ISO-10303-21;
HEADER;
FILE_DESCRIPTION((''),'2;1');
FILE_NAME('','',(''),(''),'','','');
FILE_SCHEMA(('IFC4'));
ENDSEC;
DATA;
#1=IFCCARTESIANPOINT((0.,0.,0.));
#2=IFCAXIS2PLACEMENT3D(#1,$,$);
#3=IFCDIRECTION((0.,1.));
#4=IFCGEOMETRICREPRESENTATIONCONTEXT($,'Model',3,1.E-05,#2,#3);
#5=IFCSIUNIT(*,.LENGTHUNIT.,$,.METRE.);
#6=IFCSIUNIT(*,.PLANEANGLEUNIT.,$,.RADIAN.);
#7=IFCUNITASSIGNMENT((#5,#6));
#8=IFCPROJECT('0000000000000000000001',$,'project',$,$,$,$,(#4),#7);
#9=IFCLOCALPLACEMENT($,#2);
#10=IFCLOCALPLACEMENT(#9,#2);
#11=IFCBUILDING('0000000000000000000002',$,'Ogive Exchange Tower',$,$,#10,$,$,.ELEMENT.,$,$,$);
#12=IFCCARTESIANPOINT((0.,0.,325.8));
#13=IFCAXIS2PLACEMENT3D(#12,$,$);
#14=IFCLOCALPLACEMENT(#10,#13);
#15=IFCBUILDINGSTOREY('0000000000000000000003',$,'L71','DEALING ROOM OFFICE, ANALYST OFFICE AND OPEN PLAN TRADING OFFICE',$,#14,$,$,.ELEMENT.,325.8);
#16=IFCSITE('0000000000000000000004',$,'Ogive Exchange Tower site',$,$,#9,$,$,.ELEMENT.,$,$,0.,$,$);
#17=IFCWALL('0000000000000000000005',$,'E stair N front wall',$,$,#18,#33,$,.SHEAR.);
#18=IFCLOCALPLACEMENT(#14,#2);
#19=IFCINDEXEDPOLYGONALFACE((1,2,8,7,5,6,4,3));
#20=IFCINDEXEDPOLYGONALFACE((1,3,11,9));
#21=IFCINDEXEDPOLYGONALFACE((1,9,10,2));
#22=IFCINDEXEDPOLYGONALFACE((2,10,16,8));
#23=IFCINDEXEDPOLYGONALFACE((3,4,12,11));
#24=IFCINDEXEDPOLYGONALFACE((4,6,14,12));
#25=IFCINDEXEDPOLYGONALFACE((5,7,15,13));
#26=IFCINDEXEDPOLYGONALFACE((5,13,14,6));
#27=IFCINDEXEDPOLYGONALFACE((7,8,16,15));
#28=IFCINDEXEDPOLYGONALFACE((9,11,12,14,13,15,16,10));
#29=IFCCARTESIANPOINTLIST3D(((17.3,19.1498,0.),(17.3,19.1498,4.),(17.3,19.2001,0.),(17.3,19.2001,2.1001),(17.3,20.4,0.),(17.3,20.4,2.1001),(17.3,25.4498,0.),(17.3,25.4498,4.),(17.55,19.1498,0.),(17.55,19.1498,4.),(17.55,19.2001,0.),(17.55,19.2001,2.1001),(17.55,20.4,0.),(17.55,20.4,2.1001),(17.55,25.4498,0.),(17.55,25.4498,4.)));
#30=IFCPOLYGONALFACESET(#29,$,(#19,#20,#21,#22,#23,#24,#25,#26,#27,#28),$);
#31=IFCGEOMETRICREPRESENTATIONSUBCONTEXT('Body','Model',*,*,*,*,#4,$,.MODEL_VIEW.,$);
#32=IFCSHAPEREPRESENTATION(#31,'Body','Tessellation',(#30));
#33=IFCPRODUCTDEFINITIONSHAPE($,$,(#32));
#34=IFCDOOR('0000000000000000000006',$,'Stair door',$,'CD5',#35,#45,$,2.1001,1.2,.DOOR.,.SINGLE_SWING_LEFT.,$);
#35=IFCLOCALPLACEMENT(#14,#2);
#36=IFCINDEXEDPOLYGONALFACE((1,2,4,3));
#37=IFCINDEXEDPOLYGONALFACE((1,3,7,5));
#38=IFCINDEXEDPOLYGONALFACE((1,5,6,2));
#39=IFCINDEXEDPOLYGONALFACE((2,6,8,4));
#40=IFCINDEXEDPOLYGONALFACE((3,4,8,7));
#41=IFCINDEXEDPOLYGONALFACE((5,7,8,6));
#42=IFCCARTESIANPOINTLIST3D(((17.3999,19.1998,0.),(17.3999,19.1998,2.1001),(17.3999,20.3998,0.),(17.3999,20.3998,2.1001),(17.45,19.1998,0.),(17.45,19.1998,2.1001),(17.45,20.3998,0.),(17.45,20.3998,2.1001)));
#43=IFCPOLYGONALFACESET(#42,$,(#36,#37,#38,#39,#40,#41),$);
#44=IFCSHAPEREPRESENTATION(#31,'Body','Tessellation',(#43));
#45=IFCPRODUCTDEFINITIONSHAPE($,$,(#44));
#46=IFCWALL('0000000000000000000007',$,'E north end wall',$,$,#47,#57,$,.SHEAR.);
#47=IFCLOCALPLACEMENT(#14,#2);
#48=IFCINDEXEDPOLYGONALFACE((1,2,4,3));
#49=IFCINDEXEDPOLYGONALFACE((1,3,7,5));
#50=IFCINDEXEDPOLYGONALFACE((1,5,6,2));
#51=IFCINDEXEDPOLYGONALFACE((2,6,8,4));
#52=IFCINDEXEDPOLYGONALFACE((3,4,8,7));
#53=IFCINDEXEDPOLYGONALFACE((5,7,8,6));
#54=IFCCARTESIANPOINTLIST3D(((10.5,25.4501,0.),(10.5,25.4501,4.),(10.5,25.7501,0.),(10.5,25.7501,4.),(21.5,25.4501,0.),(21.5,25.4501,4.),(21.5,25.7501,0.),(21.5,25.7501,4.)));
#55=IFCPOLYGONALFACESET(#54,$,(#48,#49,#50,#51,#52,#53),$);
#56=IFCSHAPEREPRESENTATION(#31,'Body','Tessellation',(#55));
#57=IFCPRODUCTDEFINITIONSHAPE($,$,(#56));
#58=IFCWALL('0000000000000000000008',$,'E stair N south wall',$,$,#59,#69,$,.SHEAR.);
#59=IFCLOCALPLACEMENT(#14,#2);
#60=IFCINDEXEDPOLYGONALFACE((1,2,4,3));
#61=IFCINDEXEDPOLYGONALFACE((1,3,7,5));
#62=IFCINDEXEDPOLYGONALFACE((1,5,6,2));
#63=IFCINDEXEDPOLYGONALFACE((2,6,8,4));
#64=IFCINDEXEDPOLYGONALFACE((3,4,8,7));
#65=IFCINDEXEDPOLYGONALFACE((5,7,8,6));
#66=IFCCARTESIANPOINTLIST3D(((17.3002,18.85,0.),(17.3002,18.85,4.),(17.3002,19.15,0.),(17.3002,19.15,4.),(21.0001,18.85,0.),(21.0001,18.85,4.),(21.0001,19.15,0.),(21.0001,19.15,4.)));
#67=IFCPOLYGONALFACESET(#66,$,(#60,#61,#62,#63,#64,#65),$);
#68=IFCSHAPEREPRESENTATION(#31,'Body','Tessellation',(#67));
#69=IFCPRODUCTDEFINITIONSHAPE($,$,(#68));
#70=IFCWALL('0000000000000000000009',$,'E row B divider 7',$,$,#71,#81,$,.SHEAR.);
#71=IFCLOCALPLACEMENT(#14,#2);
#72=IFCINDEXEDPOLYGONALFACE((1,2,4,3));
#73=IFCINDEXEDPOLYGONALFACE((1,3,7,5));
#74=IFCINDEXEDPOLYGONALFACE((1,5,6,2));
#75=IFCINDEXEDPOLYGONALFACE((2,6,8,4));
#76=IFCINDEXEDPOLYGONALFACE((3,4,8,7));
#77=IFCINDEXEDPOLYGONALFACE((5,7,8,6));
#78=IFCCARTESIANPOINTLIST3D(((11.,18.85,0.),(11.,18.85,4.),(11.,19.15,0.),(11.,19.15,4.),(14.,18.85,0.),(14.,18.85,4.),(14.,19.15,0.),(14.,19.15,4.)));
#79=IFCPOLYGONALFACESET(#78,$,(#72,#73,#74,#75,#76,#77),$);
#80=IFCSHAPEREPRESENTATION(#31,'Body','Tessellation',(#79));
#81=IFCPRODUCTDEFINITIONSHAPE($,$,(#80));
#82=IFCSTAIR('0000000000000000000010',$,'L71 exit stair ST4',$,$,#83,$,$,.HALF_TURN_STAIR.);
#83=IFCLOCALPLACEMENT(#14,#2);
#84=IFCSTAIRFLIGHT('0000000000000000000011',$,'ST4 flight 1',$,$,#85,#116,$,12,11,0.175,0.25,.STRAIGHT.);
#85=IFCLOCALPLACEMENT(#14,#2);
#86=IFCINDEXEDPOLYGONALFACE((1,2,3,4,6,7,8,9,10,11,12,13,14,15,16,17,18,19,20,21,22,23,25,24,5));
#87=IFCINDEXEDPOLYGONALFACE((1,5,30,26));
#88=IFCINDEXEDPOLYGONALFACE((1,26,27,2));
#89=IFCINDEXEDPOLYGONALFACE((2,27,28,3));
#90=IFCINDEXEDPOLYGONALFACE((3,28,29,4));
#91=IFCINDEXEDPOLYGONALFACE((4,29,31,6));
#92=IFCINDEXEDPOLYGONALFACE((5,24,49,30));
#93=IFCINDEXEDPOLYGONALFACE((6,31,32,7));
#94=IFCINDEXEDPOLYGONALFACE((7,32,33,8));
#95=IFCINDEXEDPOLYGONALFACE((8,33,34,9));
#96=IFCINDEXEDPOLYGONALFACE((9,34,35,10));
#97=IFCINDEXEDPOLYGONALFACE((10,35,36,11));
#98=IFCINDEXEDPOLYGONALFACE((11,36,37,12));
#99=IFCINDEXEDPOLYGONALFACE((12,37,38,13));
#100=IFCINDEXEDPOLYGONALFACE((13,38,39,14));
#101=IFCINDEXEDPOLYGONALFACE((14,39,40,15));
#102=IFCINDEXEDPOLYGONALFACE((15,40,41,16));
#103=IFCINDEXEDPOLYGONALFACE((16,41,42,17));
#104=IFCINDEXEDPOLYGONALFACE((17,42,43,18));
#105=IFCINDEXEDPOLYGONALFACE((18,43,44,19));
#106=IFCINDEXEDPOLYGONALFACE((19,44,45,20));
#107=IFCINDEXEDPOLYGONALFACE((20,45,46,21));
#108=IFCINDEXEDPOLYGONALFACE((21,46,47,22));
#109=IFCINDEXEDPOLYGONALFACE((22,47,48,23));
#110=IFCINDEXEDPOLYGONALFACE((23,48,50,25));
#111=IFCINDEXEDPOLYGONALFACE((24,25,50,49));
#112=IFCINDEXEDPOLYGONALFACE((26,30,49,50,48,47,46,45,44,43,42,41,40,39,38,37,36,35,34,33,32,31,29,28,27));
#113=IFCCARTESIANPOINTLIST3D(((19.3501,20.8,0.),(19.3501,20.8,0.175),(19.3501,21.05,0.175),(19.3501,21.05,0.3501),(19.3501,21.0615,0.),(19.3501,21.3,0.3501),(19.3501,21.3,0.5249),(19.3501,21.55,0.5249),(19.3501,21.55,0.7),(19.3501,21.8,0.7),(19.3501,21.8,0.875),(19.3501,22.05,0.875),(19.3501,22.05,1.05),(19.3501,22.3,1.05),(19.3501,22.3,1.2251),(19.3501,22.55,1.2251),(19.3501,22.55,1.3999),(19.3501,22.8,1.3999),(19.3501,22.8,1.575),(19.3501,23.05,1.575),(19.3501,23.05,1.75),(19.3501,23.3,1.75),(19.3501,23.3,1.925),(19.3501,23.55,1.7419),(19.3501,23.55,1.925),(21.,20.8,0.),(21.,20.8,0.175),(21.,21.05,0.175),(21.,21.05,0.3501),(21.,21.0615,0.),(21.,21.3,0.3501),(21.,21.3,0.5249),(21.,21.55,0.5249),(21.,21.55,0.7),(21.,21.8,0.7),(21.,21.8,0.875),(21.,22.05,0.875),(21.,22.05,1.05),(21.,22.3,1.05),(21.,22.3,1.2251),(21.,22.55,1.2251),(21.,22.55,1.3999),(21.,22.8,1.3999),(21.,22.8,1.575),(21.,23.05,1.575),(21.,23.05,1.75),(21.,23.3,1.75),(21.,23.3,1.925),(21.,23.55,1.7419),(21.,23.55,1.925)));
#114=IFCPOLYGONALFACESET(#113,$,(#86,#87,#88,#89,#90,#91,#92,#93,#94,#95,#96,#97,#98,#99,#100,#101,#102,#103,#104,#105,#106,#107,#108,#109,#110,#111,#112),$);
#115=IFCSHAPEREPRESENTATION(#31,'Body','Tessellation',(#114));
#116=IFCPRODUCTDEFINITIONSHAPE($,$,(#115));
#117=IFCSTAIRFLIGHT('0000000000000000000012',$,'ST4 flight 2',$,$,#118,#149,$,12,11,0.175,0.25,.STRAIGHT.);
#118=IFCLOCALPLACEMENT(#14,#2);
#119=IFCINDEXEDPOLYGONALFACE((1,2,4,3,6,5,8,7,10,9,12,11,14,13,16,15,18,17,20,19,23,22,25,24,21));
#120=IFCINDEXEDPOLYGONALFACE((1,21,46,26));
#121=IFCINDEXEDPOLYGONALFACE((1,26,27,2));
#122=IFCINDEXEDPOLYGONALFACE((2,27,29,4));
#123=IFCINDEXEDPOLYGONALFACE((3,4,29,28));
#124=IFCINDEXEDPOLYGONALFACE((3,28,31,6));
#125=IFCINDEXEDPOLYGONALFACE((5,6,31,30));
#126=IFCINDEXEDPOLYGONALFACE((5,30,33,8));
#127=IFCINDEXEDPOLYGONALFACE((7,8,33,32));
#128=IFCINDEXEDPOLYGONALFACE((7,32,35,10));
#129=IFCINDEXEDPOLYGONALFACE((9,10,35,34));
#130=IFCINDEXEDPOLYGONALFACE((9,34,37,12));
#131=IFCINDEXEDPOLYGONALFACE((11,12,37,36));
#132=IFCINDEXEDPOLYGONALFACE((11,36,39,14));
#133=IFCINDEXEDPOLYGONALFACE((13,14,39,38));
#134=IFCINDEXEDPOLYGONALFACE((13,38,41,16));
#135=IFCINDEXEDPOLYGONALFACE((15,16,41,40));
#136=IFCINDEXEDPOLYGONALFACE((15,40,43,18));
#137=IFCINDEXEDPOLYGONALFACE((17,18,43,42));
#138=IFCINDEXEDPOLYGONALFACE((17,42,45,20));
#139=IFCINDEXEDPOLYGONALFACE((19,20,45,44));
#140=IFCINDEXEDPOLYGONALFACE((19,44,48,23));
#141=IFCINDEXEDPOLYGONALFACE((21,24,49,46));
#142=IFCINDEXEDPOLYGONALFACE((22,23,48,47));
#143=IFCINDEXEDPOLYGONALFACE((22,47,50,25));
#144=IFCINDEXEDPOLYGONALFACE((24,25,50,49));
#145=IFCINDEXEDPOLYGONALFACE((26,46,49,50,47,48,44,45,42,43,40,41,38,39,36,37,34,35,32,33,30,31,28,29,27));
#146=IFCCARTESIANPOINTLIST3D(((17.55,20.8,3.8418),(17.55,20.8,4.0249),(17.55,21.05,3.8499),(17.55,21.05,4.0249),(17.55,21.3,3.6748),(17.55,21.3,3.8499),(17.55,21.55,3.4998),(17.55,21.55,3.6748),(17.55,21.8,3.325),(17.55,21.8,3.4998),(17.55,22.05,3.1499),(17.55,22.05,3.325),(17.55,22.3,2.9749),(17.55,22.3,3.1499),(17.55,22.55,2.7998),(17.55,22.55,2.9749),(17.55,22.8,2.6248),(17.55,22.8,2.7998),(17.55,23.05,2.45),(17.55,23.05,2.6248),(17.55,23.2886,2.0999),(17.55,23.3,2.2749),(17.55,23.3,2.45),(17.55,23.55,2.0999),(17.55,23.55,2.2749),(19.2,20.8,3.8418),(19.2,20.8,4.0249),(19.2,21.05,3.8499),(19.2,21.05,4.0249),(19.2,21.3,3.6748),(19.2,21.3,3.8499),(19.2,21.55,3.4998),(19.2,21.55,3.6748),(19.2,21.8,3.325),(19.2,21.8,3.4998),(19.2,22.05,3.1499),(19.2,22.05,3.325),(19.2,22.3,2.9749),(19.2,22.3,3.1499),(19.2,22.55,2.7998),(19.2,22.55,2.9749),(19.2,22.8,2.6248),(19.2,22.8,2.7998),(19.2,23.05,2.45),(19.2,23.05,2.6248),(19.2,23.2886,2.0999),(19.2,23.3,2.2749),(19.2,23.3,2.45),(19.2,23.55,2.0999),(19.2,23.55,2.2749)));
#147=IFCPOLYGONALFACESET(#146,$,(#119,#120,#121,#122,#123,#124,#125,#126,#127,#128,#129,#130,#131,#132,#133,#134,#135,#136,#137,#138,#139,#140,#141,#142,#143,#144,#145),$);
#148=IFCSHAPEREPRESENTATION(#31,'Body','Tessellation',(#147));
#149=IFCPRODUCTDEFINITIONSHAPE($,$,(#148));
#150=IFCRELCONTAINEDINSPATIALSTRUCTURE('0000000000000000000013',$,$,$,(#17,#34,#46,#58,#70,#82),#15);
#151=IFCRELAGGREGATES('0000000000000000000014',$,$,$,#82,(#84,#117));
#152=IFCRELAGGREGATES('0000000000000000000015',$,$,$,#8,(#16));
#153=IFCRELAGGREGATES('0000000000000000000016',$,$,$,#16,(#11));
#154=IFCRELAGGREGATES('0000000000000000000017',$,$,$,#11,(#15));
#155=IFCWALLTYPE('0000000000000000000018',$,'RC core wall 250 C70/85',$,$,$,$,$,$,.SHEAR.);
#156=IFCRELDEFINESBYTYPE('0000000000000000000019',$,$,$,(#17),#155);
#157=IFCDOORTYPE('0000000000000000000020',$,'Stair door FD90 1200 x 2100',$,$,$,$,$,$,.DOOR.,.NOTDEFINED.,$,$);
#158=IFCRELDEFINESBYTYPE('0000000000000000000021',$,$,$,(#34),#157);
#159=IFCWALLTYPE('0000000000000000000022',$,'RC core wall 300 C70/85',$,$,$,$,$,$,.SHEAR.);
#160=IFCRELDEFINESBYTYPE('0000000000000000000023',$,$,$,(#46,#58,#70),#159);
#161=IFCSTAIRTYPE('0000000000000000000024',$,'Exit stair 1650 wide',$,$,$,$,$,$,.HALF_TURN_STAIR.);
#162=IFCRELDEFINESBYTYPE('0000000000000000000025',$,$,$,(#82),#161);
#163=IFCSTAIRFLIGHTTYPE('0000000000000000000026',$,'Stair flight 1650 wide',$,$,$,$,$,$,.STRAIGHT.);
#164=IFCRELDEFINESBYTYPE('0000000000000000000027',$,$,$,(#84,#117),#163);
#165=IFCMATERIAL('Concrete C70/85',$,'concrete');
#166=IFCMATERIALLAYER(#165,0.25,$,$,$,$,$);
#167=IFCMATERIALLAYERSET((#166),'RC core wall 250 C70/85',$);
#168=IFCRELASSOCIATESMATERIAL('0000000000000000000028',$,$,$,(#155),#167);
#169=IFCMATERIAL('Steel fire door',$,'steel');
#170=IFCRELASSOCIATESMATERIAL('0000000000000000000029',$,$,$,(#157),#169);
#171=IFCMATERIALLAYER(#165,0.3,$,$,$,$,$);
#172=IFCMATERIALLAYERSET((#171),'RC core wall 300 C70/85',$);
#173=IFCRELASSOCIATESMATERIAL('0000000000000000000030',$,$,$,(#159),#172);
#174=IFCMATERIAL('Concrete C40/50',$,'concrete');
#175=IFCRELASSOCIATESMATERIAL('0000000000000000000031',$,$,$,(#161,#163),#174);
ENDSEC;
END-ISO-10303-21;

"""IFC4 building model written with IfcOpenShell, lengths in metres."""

from ifc_helpers import new_model, si_unit, direction, frame, frame_2d, origin, place, context, subcontext, project, spatial, polyline, rectangle, outline, extrude, material, layer, layer_set, type_object, element, fill, aggregate, save


model = new_model("IFC4")

# Units and contexts
model_context = context("Model", 3, precision=1e-05, world=origin(), true_north=direction((0.0, 1.0)))
body_context = subcontext(model_context, "Body", "Model", "MODEL_VIEW")
ifc_project = project(units=[si_unit("LENGTHUNIT", "METRE"), si_unit("PLANEANGLEUNIT", "RADIAN")], contexts=[model_context])

# Site, building, storey
site_placement = place(None, origin())
site = spatial("IfcSite", under=ifc_project, at=site_placement, Name="Ogive Exchange Tower site", CompositionType="ELEMENT", RefElevation=0.0)
building_placement = place(site_placement, origin())
building = spatial("IfcBuilding", under=site, at=building_placement, Name="Ogive Exchange Tower", CompositionType="ELEMENT")
storey_placement = place(building_placement, frame((0.0, 0.0, 325.8)))
storey = spatial("IfcBuildingStorey", under=building, at=storey_placement, Name="L71", Description="DEALING ROOM OFFICE, ANALYST OFFICE AND OPEN PLAN TRADING OFFICE", CompositionType="ELEMENT", Elevation=325.8)

# Shared definitions
ifc_material_1 = material(Name="Concrete C70/85", Category="concrete")

# Shared definitions
ifc_material_2 = material(Name="Steel fire door", Category="steel")

# Wall, opening, door
ifc_layer_1 = layer(ifc_material_1, 0.25)
ifc_layer_set_1 = layer_set([ifc_layer_1], Name="RC core wall 250 C70/85")
wall_type_1 = type_object("IfcWallType", Name="RC core wall 250 C70/85", PredefinedType="SHEAR", material=ifc_layer_set_1)
wall_1_placement = place(storey_placement, frame((17.425, 19.1499, 0.0), z_axis=(0.0, 0.0, 1.0), x_axis=(0.0, 1.0, 0.0)))
wall_1 = element("IfcWall", 1, at=wall_1_placement, inside=storey, type_object=wall_type_1, Name="E stair N front wall", PredefinedType="SHEAR", context=body_context, shape_type="SweptSolid", body=[
    extrude(rectangle(XDim=6.3, YDim=0.25, at=frame_2d((3.1499, 0.0))), origin(), (0.0, 0.0, 1.0), 4.0),
])
opening_1_placement = place(wall_1_placement, frame((0.05, 0.0, 0.0)))
opening_1 = element("IfcOpeningElement", 2, at=opening_1_placement, cuts=wall_1, PredefinedType="OPENING", context=body_context, shape_type="SweptSolid", body=[
    extrude(rectangle(XDim=1.2, YDim=2.1001, at=frame_2d((0.6001, 1.05))), frame((0.0, 0.135, 0.0), z_axis=(0.0, -1.0, 0.0), x_axis=(1.0, 0.0, 0.0)), (0.0, 0.0, 1.0), 0.27),
])
door_type_1 = type_object("IfcDoorType", Name="Stair door FD90 1200 x 2100", OperationType="NOTDEFINED", PredefinedType="DOOR", material=ifc_material_2)
door_1_placement = place(opening_1_placement, frame((1.2, 0.0, 0.0), z_axis=(0.0, 0.0, 1.0), x_axis=(-1.0, 0.0, 0.0)))
door_1 = element("IfcDoor", 3, at=door_1_placement, inside=storey, type_object=door_type_1, Name="Stair door", ObjectType="CD5", OperationType="SINGLE_SWING_LEFT", OverallHeight=2.1001, OverallWidth=1.2, PredefinedType="DOOR", context=body_context, shape_type="SweptSolid", body=[
    extrude(rectangle(XDim=1.2, YDim=2.1001, at=frame_2d((0.6001, 1.05))), frame((0.0, 0.0249, 0.0), z_axis=(0.0, -1.0, 0.0), x_axis=(1.0, 0.0, 0.0)), (0.0, 0.0, 1.0), 0.05),
])
fill(opening_1, door_1)

# Walls
ifc_layer_2 = layer(ifc_material_1, 0.3)
ifc_layer_set_2 = layer_set([ifc_layer_2], Name="RC core wall 300 C70/85")
wall_type_2 = type_object("IfcWallType", Name="RC core wall 300 C70/85", PredefinedType="SHEAR", material=ifc_layer_set_2)
wall_2_placement = place(storey_placement, frame((10.5, 25.6001, 0.0), z_axis=(0.0, 0.0, 1.0), x_axis=(1.0, 0.0, 0.0)))
element("IfcWall", 4, at=wall_2_placement, inside=storey, type_object=wall_type_2, Name="E north end wall", PredefinedType="SHEAR", context=body_context, shape_type="SweptSolid", body=[
    extrude(rectangle(XDim=11.0, YDim=0.3, at=frame_2d((5.5, 0.0))), origin(), (0.0, 0.0, 1.0), 4.0),
])
wall_3_placement = place(storey_placement, frame((17.3, 19.0, 0.0), z_axis=(0.0, 0.0, 1.0), x_axis=(1.0, 0.0, 0.0)))
element("IfcWall", 5, at=wall_3_placement, inside=storey, type_object=wall_type_2, Name="E stair N south wall", PredefinedType="SHEAR", context=body_context, shape_type="SweptSolid", body=[
    extrude(rectangle(XDim=3.7, YDim=0.3, at=frame_2d((1.8501, 0.0))), origin(), (0.0, 0.0, 1.0), 4.0),
])
wall_4_placement = place(storey_placement, frame((11.0, 19.0, 0.0), z_axis=(0.0, 0.0, 1.0), x_axis=(1.0, 0.0, 0.0)))
element("IfcWall", 6, at=wall_4_placement, inside=storey, type_object=wall_type_2, Name="E row B divider 7", PredefinedType="SHEAR", context=body_context, shape_type="SweptSolid", body=[
    extrude(rectangle(XDim=3.0, YDim=0.3, at=frame_2d((1.5, 0.0))), origin(), (0.0, 0.0, 1.0), 4.0),
])

# Stair, stair flights
ifc_material_3 = material(Name="Concrete C40/50", Category="concrete")
stair_type = type_object("IfcStairType", Name="Exit stair 1650 wide", PredefinedType="HALF_TURN_STAIR", material=ifc_material_3)
stair_placement = place(storey_placement, origin())
stair = element("IfcStair", 7, at=stair_placement, inside=storey, type_object=stair_type, Name="L71 exit stair ST4", PredefinedType="HALF_TURN_STAIR")
stair_flight_type = type_object("IfcStairFlightType", Name="Stair flight 1650 wide", PredefinedType="STRAIGHT", material=ifc_material_3)
stair_flight_1_placement = place(storey_placement, frame((20.175, 20.8, 0.0), z_axis=(0.0, 0.0, 1.0), x_axis=(0.0, 1.0, 0.0)))
stair_flight_1 = element("IfcStairFlight", 8, at=stair_flight_1_placement, type_object=stair_flight_type, Name="ST4 flight 1", NumberOfRisers=12, NumberOfTreads=11, PredefinedType="STRAIGHT", RiserHeight=0.175, TreadLength=0.25, context=body_context, shape_type="SweptSolid", body=[
    extrude(outline(polyline([(0.0, 0.0), (0.0, 0.175), (0.25, 0.175), (0.25, 0.3501), (0.5, 0.3501), (0.5, 0.5249), (0.75, 0.5249), (0.75, 0.7), (1.0, 0.7), (1.0, 0.875), (1.25, 0.875), (1.25, 1.05), (1.5, 1.05), (1.5, 1.2251), (1.75, 1.2251), (1.75, 1.3999), (2.0, 1.3999), (2.0, 1.575), (2.25, 1.575), (2.25, 1.75), (2.5, 1.75), (2.5, 1.925), (2.75, 1.925), (2.75, 2.1001), (2.75, 1.7419), (0.2615, 0.0), (0.0, 0.0)])), frame((0.0, 0.825, 0.0), z_axis=(0.0, -1.0, 0.0), x_axis=(1.0, 0.0, 0.0)), (0.0, 0.0, 1.0), 1.6499),
])
stair_flight_2_placement = place(storey_placement, frame((18.375, 23.55, 2.0999), z_axis=(0.0, 0.0, 1.0), x_axis=(0.0, -1.0, 0.0)))
stair_flight_2 = element("IfcStairFlight", 9, at=stair_flight_2_placement, type_object=stair_flight_type, Name="ST4 flight 2", NumberOfRisers=12, NumberOfTreads=11, PredefinedType="STRAIGHT", RiserHeight=0.175, TreadLength=0.25, context=body_context, shape_type="SweptSolid", body=[
    extrude(outline(polyline([(0.0, 0.0), (0.0, 0.175), (0.25, 0.175), (0.25, 0.3501), (0.5, 0.3501), (0.5, 0.5249), (0.75, 0.5249), (0.75, 0.7), (1.0, 0.7), (1.0, 0.875), (1.25, 0.875), (1.25, 1.05), (1.5, 1.05), (1.5, 1.2251), (1.75, 1.2251), (1.75, 1.3999), (2.0, 1.3999), (2.0, 1.575), (2.25, 1.575), (2.25, 1.75), (2.5, 1.75), (2.5, 1.925), (2.75, 1.925), (2.75, 2.1001), (2.75, 1.7419), (0.2615, 0.0), (0.0, 0.0)])), frame((0.0, 0.825, 0.0), z_axis=(0.0, -1.0, 0.0), x_axis=(1.0, 0.0, 0.0)), (0.0, 0.0, 1.0), 1.6499),
])
aggregate(stair, [stair_flight_1, stair_flight_2])

save(model, "model.ifc")
